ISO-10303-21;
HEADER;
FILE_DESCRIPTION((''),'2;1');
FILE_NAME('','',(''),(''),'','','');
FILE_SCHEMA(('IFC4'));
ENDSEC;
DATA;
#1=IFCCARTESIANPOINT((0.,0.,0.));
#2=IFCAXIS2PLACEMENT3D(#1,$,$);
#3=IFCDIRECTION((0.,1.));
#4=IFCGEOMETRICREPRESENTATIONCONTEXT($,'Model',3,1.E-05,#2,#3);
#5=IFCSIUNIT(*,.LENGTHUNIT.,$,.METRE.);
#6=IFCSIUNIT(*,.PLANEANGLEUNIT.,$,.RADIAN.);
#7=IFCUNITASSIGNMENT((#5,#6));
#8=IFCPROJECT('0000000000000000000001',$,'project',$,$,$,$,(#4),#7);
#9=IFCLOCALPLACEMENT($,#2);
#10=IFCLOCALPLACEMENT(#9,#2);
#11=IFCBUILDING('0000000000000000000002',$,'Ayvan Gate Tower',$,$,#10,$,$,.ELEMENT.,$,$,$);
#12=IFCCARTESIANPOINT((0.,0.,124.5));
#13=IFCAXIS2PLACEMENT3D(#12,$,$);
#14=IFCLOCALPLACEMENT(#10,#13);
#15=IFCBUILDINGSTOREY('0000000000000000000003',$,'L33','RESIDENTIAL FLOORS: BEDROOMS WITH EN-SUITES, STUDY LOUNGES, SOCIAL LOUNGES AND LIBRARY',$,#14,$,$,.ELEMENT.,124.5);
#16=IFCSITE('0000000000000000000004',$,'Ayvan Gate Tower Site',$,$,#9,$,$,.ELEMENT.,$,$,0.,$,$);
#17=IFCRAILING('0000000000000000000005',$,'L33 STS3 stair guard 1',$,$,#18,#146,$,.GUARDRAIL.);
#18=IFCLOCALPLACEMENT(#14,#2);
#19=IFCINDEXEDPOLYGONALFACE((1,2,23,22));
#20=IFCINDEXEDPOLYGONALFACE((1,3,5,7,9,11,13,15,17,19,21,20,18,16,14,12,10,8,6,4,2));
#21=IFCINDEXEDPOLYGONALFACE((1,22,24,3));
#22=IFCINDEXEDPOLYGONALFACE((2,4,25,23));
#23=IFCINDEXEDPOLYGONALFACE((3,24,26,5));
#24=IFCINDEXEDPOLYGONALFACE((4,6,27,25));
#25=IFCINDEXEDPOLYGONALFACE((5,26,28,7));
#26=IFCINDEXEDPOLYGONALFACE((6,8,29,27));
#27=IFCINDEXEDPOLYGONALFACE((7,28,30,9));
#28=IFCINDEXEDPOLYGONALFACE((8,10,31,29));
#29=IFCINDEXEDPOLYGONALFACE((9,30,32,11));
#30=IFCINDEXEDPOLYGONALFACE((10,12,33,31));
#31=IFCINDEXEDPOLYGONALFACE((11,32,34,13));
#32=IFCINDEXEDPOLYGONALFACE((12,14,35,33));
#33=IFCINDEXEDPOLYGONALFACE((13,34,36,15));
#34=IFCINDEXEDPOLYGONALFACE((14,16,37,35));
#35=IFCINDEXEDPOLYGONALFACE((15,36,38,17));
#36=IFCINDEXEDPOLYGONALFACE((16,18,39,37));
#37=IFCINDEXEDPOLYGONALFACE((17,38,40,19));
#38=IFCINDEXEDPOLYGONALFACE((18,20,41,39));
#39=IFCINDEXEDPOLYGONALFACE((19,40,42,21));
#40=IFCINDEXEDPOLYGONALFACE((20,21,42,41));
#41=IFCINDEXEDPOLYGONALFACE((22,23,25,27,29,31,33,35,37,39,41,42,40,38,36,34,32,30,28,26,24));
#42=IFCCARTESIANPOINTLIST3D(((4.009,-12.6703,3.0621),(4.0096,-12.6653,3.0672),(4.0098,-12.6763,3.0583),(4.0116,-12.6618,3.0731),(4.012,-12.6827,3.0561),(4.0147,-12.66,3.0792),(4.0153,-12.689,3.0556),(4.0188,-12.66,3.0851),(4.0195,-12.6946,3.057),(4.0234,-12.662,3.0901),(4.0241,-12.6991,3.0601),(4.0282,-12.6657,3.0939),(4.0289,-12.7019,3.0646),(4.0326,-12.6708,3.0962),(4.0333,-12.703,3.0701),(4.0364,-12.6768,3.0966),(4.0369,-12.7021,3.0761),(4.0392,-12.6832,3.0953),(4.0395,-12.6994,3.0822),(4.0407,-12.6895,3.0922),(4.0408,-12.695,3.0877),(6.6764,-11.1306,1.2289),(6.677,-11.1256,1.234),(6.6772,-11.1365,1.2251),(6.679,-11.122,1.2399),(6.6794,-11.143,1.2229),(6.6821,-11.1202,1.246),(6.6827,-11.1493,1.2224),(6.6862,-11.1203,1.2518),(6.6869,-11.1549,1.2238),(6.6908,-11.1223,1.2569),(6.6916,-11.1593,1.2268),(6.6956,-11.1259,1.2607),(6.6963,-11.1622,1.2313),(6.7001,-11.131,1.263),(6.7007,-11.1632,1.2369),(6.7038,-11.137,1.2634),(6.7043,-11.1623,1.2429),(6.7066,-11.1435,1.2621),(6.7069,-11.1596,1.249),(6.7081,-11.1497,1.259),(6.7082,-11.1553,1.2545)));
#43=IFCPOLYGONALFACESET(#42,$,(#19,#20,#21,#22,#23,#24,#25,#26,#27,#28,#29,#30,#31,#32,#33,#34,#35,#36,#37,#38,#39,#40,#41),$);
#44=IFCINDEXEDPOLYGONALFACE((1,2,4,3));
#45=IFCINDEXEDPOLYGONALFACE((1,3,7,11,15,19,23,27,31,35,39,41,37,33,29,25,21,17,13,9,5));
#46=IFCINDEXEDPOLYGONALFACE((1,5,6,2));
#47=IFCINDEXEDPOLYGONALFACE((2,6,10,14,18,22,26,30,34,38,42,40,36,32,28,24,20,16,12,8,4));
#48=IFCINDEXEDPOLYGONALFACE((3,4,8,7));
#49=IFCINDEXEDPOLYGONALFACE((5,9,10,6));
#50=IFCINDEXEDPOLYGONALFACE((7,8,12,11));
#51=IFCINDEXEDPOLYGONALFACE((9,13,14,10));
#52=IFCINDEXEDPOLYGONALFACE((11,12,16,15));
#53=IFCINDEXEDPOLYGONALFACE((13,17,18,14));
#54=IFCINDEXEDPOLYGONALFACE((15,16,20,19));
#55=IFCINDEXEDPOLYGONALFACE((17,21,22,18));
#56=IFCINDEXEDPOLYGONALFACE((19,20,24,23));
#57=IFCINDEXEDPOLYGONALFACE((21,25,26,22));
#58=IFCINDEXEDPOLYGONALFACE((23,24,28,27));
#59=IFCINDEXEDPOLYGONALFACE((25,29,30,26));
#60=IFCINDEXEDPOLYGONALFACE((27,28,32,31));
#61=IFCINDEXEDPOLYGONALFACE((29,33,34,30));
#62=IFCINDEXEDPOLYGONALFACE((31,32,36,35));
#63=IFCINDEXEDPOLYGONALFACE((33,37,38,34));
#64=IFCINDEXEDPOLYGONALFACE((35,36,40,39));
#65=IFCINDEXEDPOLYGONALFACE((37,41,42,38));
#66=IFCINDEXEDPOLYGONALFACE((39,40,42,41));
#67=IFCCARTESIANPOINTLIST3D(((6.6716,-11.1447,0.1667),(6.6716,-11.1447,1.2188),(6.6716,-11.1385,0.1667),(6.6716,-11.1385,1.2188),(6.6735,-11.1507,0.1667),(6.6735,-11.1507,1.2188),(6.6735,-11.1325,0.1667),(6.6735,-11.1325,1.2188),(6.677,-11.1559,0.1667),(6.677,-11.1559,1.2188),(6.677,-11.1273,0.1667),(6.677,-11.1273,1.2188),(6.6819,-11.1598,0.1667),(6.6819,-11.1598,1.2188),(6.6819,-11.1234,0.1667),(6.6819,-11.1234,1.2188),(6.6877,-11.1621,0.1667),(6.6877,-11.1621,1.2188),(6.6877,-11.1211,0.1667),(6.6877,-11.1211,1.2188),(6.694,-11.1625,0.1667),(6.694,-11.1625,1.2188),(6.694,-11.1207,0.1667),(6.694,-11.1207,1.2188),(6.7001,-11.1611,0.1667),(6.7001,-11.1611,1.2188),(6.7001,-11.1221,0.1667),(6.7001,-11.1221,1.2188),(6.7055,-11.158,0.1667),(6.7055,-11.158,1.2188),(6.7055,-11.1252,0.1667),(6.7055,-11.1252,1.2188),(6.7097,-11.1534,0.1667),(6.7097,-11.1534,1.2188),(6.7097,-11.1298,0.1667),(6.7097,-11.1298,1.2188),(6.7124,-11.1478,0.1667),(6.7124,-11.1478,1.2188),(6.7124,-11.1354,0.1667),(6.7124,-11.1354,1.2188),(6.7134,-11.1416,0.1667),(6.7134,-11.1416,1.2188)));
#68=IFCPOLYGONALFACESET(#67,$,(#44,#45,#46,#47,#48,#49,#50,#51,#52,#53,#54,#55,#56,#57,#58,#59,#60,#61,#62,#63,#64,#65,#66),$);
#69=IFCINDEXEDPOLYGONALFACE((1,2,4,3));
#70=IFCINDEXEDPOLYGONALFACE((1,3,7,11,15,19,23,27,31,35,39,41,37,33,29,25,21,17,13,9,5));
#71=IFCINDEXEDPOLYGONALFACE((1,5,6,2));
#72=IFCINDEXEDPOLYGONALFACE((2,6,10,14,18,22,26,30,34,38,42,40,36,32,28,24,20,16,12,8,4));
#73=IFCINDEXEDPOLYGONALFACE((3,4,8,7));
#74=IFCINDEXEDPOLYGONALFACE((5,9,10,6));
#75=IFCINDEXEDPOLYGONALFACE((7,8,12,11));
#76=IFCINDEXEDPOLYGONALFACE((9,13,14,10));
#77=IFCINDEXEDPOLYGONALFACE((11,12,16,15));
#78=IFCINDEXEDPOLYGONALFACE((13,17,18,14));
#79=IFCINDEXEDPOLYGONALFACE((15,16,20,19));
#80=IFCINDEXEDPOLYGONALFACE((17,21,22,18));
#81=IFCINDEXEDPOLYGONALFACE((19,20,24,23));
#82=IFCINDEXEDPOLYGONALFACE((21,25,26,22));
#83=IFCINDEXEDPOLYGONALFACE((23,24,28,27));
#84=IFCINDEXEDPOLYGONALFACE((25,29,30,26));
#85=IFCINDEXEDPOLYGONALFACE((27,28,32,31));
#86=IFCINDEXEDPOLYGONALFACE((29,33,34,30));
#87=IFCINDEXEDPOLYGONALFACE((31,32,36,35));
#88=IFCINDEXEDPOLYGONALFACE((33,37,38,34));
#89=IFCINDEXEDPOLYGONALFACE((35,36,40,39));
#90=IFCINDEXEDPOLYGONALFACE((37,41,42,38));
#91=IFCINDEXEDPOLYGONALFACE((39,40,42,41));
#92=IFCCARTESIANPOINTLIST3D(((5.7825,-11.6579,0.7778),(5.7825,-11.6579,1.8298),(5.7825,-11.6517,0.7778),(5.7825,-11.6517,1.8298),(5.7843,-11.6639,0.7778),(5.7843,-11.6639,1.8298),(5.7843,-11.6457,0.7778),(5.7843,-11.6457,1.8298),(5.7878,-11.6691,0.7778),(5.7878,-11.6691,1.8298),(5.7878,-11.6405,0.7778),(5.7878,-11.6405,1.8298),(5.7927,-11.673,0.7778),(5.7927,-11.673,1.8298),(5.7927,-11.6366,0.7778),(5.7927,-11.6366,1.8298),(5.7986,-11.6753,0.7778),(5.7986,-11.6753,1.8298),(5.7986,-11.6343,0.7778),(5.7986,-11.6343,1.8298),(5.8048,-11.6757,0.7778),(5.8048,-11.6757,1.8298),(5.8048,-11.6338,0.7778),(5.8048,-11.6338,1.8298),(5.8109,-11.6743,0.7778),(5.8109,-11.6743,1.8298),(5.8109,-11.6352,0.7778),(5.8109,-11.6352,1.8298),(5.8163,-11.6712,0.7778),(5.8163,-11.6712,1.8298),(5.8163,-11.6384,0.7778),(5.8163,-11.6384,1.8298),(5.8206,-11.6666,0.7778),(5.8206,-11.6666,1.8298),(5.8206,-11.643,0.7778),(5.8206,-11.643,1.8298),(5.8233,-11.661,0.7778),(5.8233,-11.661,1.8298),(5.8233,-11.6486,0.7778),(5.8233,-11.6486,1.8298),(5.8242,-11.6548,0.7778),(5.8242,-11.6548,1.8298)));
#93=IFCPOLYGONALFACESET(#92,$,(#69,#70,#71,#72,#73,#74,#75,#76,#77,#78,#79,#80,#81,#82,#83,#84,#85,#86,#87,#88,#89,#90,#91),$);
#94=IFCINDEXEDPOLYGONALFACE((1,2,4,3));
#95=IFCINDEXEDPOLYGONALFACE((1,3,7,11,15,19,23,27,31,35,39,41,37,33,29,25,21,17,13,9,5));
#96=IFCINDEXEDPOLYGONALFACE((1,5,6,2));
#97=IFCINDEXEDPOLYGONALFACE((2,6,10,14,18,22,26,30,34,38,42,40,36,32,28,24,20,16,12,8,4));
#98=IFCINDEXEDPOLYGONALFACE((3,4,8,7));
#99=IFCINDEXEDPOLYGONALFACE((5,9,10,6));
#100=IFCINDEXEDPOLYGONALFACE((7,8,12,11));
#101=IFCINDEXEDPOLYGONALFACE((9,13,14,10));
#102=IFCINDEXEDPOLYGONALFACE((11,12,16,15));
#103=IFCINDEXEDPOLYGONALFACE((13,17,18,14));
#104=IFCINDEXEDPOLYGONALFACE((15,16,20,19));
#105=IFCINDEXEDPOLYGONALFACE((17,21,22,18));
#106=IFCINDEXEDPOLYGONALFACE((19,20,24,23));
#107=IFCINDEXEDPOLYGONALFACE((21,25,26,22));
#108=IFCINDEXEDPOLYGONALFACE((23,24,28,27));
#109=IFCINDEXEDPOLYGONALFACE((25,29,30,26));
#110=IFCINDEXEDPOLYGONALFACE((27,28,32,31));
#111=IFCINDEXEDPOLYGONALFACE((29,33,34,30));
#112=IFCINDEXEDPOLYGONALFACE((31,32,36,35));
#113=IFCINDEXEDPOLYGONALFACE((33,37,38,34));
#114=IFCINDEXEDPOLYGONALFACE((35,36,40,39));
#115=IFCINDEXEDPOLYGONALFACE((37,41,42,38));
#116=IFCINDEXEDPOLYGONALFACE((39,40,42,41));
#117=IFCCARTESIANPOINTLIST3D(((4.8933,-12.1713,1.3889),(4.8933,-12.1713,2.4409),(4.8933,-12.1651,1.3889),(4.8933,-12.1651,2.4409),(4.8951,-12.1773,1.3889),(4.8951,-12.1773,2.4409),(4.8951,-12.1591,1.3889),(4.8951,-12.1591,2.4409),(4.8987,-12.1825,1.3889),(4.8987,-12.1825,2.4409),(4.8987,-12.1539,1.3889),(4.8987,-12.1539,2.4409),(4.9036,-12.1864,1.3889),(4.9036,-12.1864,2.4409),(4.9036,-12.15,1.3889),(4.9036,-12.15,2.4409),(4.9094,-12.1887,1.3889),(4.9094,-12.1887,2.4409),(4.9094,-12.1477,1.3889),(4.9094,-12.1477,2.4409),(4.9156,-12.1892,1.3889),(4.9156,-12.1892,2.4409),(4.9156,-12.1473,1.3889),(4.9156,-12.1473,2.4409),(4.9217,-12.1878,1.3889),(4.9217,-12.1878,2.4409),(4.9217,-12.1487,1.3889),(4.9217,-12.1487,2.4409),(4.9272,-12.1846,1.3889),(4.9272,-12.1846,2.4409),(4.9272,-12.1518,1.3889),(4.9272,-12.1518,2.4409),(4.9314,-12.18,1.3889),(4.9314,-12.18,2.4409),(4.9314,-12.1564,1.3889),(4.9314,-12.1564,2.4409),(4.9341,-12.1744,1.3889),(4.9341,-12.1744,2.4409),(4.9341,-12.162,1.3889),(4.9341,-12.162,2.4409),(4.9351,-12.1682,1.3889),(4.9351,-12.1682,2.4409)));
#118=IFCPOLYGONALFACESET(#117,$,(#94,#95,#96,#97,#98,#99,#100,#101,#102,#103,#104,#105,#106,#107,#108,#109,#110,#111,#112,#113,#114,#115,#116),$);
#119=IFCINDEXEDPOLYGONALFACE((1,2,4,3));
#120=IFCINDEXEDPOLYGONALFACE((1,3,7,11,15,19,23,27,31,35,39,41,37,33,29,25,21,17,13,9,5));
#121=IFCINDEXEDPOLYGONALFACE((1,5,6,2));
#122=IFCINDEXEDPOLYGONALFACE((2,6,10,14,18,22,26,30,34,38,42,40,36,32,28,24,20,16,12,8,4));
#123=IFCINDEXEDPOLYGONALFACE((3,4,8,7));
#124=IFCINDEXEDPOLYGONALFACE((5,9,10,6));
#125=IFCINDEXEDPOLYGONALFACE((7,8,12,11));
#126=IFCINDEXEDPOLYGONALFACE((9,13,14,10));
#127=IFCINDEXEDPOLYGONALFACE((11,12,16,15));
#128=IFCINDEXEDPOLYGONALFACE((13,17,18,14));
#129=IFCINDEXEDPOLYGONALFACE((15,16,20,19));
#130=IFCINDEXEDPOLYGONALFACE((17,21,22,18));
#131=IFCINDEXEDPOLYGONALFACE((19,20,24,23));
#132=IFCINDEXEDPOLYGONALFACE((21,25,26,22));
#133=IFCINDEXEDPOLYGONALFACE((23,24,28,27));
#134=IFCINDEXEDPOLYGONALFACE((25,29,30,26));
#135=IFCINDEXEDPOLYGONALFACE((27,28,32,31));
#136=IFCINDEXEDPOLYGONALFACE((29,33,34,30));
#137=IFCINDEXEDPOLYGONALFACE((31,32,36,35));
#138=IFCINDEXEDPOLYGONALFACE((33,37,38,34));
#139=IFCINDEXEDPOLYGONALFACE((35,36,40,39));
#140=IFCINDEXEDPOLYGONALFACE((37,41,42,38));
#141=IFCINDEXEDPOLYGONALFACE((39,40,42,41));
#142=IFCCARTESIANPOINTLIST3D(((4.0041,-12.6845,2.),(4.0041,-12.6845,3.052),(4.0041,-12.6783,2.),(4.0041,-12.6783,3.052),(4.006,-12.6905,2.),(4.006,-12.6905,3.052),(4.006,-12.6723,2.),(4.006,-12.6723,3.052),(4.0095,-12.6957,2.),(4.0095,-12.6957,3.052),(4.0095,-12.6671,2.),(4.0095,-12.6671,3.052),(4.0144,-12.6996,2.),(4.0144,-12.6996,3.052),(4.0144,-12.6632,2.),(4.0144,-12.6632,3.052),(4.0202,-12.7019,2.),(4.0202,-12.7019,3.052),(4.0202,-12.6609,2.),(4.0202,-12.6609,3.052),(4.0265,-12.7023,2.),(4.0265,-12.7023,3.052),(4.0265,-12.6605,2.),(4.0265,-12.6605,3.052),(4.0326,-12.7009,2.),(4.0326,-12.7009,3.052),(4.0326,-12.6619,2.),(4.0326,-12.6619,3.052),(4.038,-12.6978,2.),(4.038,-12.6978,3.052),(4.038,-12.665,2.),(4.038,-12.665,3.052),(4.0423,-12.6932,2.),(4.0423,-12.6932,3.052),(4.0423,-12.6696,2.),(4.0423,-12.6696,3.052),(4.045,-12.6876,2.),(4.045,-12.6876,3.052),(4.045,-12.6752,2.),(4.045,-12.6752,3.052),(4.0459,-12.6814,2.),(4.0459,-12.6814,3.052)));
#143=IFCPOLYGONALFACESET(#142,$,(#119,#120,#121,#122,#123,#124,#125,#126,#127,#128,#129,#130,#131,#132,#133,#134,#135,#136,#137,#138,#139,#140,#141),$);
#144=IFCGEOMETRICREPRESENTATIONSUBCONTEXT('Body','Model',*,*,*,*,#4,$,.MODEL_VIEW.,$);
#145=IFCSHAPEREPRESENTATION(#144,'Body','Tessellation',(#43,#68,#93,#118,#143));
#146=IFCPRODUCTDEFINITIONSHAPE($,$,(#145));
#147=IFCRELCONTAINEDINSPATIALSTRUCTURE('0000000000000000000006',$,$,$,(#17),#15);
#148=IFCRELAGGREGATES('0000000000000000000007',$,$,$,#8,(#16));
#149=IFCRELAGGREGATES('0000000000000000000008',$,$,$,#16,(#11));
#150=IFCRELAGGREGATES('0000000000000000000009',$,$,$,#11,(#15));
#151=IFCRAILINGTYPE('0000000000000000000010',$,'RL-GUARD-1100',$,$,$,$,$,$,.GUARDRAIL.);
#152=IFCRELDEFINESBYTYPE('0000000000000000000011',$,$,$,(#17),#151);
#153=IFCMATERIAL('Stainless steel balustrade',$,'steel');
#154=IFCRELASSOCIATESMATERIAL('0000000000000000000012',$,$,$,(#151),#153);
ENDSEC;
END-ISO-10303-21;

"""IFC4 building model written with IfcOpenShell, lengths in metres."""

from ifc_helpers import new_model, si_unit, direction, frame, origin, origin_2d, place, context, subcontext, project, spatial, circle, extrude, material, type_object, element, save


model = new_model("IFC4")

# Units and contexts
model_context = context("Model", 3, precision=1e-05, world=origin(), true_north=direction((0.0, 1.0)))
body_context = subcontext(model_context, "Body", "Model", "MODEL_VIEW")
ifc_project = project(units=[si_unit("LENGTHUNIT", "METRE"), si_unit("PLANEANGLEUNIT", "RADIAN")], contexts=[model_context])

# Site, building, storey
site_placement = place(None, origin())
site = spatial("IfcSite", under=ifc_project, at=site_placement, Name="Ayvan Gate Tower Site", CompositionType="ELEMENT", RefElevation=0.0)
building_placement = place(site_placement, origin())
building = spatial("IfcBuilding", under=site, at=building_placement, Name="Ayvan Gate Tower", CompositionType="ELEMENT")
storey_placement = place(building_placement, frame((0.0, 0.0, 124.5)))
storey = spatial("IfcBuildingStorey", under=building, at=storey_placement, Name="L33", Description="RESIDENTIAL FLOORS: BEDROOMS WITH EN-SUITES, STUDY LOUNGES, SOCIAL LOUNGES AND LIBRARY", CompositionType="ELEMENT", Elevation=124.5)

# Railing
ifc_material_1 = material(Name="Stainless steel balustrade", Category="steel")
railing_type_1 = type_object("IfcRailingType", Name="RL-GUARD-1100", PredefinedType="GUARDRAIL", material=ifc_material_1)
railing_1_placement = place(storey_placement, frame((6.6924, -11.1416, 0.1667)))
element("IfcRailing", 1, at=railing_1_placement, inside=storey, type_object=railing_type_1, Name="L33 STS3 stair guard 1", PredefinedType="GUARDRAIL", context=body_context, shape_type="SweptSolid", body=[
    extrude(circle(Radius=0.0239, at=origin_2d()), frame((0.0, 0.0, 1.0762), z_axis=(-0.744212, -0.429594, 0.511467), x_axis=(0.499933, -0.866064, 0.0)), (0.0, 0.0, 1.0), 3.5842),
    extrude(circle(Radius=0.021, at=origin_2d()), origin(), (0.0, 0.0, 1.0), 1.052),
    extrude(circle(Radius=0.021, at=origin_2d()), frame((-0.8892, -0.5132, 0.6111)), (0.0, 0.0, 1.0), 1.052),
    extrude(circle(Radius=0.021, at=origin_2d()), frame((-1.7783, -1.0266, 1.2222)), (0.0, 0.0, 1.0), 1.052),
    extrude(circle(Radius=0.021, at=origin_2d()), frame((-2.6675, -1.5398, 1.8333)), (0.0, 0.0, 1.0), 1.052),
])

save(model, "model.ifc")
